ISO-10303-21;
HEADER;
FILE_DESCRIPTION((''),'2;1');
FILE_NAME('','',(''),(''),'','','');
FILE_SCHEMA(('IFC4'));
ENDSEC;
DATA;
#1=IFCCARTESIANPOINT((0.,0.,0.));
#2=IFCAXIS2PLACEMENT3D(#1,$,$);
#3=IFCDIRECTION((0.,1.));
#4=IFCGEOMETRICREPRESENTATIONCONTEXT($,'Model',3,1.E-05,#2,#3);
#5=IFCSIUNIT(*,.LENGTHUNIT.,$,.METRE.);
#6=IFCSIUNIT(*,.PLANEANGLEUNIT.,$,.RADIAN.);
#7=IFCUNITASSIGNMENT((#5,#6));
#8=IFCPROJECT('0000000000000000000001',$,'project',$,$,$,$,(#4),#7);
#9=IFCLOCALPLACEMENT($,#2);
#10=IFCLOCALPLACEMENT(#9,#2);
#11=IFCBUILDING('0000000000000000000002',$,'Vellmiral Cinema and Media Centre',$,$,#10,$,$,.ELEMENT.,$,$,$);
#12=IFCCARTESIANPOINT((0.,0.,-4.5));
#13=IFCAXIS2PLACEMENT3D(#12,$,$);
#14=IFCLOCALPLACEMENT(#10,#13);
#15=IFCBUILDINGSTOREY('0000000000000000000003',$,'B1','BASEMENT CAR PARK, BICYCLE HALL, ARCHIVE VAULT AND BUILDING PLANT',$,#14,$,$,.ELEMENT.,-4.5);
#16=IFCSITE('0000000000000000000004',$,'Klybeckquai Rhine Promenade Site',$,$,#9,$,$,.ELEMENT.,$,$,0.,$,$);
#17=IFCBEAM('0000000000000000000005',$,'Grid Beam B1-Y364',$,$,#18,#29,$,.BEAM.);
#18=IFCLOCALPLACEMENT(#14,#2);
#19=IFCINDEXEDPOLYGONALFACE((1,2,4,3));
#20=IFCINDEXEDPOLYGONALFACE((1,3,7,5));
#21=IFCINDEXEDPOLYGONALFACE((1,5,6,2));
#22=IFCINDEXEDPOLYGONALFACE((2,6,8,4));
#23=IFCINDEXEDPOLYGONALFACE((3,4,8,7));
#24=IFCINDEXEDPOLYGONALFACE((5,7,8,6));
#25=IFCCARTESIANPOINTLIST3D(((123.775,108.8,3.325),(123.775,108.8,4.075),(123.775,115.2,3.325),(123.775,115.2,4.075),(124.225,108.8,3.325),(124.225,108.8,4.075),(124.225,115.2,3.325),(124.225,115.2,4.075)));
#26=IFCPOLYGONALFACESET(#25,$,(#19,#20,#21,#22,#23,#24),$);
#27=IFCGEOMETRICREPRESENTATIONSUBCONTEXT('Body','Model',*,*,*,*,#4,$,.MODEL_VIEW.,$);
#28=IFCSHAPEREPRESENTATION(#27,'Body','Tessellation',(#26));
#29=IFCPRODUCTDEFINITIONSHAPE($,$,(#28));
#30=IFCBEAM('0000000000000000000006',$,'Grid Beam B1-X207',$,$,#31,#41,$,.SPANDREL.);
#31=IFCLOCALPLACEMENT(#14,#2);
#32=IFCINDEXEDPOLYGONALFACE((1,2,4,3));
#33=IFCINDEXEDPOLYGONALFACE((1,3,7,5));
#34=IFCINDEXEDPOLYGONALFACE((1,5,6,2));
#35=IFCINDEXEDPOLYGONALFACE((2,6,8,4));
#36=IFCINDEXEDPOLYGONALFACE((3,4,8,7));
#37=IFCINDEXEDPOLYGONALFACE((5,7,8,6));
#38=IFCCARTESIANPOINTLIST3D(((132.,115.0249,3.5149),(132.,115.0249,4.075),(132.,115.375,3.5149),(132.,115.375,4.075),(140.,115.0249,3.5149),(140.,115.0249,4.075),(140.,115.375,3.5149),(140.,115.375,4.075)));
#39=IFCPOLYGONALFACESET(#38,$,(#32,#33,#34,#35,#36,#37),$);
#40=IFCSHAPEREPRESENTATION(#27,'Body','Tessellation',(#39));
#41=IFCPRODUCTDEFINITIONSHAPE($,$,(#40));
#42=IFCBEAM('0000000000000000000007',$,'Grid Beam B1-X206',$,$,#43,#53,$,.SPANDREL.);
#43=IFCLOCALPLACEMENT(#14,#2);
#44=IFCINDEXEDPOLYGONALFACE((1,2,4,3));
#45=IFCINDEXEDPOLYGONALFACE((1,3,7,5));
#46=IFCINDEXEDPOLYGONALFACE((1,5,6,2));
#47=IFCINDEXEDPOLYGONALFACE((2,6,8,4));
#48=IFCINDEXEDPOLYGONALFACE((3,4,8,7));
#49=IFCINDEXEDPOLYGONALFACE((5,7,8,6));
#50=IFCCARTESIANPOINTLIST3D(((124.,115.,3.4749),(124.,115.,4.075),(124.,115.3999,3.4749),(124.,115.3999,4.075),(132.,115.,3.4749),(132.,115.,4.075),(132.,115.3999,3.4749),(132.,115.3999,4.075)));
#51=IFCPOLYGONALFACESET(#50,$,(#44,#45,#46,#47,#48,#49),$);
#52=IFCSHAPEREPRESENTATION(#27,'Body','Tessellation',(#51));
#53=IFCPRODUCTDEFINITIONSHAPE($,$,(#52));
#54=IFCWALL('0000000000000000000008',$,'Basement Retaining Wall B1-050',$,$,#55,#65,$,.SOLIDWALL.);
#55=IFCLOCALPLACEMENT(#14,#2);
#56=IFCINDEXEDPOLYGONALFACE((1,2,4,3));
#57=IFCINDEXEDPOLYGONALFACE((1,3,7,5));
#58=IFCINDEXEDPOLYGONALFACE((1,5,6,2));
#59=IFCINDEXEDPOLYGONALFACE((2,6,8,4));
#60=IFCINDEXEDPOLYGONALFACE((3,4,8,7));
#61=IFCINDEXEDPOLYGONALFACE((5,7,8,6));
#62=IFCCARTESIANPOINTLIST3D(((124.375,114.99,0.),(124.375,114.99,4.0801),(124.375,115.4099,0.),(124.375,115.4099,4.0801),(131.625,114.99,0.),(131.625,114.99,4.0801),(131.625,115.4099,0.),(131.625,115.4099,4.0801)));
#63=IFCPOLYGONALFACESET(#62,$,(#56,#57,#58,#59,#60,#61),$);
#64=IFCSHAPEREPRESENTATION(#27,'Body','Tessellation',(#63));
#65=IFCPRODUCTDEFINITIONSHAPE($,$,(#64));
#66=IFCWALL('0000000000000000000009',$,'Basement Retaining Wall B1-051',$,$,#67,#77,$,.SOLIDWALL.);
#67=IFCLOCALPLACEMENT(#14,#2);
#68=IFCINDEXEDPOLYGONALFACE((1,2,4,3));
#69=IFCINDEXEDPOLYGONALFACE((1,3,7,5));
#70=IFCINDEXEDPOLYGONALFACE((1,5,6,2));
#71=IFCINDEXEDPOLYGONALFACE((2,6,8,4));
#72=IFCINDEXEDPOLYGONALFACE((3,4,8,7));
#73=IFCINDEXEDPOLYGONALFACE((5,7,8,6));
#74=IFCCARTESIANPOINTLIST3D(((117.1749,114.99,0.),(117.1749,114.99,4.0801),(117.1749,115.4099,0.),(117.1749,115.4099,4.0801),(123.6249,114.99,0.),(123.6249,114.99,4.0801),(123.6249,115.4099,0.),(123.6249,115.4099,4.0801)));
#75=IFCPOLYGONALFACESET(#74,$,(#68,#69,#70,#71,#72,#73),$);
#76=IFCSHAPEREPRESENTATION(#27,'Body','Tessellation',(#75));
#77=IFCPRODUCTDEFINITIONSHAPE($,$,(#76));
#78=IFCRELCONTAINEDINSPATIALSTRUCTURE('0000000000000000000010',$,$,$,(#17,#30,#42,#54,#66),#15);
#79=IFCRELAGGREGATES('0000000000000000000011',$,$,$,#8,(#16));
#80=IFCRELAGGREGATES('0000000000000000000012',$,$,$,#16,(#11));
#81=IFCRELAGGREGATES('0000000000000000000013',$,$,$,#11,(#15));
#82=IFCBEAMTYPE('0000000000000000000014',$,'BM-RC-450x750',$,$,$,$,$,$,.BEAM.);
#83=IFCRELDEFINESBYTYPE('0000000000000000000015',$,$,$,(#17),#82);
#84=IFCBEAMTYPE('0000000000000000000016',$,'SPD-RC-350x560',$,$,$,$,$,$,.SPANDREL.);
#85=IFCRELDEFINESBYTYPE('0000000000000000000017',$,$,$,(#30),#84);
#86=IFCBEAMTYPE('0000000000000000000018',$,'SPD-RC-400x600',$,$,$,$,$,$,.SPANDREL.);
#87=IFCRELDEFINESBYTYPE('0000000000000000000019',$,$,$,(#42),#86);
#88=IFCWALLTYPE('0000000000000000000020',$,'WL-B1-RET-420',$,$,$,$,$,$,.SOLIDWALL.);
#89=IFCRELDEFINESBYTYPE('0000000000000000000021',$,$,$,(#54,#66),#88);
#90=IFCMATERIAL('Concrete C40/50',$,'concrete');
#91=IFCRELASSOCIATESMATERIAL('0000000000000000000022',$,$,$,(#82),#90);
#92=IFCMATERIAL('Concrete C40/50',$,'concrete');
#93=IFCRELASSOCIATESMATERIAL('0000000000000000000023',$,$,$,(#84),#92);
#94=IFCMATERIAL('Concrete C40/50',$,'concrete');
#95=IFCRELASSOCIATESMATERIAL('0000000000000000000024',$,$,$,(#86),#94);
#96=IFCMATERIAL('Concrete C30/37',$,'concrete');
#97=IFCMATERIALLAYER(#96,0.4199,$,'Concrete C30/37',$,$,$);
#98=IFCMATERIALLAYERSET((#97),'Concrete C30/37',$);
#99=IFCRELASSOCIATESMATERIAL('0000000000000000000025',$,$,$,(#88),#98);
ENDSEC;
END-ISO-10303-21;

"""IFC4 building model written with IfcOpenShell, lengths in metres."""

from ifc_helpers import new_model, si_unit, direction, frame, frame_2d, origin, origin_2d, place, context, subcontext, project, spatial, rectangle, extrude, material, layer, layer_set, material_profile, profile_set, type_object, element, save


model = new_model("IFC4")

# Units and contexts
model_context = context("Model", 3, precision=1e-05, world=origin(), true_north=direction((0.0, 1.0)))
body_context = subcontext(model_context, "Body", "Model", "MODEL_VIEW")
ifc_project = project(units=[si_unit("LENGTHUNIT", "METRE"), si_unit("PLANEANGLEUNIT", "RADIAN")], contexts=[model_context])

# Site, building, storey
site_placement = place(None, origin())
site = spatial("IfcSite", under=ifc_project, at=site_placement, Name="Klybeckquai Rhine Promenade Site", CompositionType="ELEMENT", RefElevation=0.0)
building_placement = place(site_placement, origin())
building = spatial("IfcBuilding", under=site, at=building_placement, Name="Vellmiral Cinema and Media Centre", CompositionType="ELEMENT")
storey_placement = place(building_placement, frame((0.0, 0.0, -4.5)))
storey = spatial("IfcBuildingStorey", under=building, at=storey_placement, Name="B1", Description="BASEMENT CAR PARK, BICYCLE HALL, ARCHIVE VAULT AND BUILDING PLANT", CompositionType="ELEMENT", Elevation=-4.5)

# Beams
ifc_material_1 = material(Name="Concrete C40/50", Category="concrete")
ifc_material_profile_1 = material_profile(ifc_material_1, rectangle(XDim=0.45, YDim=0.75, at=origin_2d()), Name="RC 450x750")
ifc_profile_set_1 = profile_set([ifc_material_profile_1], Name="Concrete C40/50")
beam_type_1 = type_object("IfcBeamType", Name="BM-RC-450x750", PredefinedType="BEAM", material=ifc_profile_set_1)
beam_1_placement = place(storey_placement, frame((124.0, 108.8, 3.7), z_axis=(0.0, 1.0, 0.0), x_axis=(-1.0, 0.0, 0.0)))
element("IfcBeam", 1, at=beam_1_placement, inside=storey, type_object=beam_type_1, Name="Grid Beam B1-Y364", PredefinedType="BEAM", context=body_context, shape_type="SweptSolid", body=[
    extrude(rectangle(XDim=0.45, YDim=0.75, at=origin_2d()), origin(), (0.0, 0.0, 1.0), 6.3999),
])
ifc_material_2 = material(Name="Concrete C40/50", Category="concrete")
ifc_material_profile_2 = material_profile(ifc_material_2, rectangle(XDim=0.3501, YDim=0.5601, at=origin_2d()), Name="RC 350x560")
ifc_profile_set_2 = profile_set([ifc_material_profile_2], Name="Concrete C40/50")
beam_type_2 = type_object("IfcBeamType", Name="SPD-RC-350x560", PredefinedType="SPANDREL", material=ifc_profile_set_2)
beam_2_placement = place(storey_placement, frame((132.0, 115.2, 3.7949), z_axis=(1.0, 0.0, 0.0), x_axis=(0.0, 1.0, 0.0)))
element("IfcBeam", 2, at=beam_2_placement, inside=storey, type_object=beam_type_2, Name="Grid Beam B1-X207", PredefinedType="SPANDREL", context=body_context, shape_type="SweptSolid", body=[
    extrude(rectangle(XDim=0.3501, YDim=0.5601, at=origin_2d()), origin(), (0.0, 0.0, 1.0), 8.0),
])
ifc_material_3 = material(Name="Concrete C40/50", Category="concrete")
ifc_material_profile_3 = material_profile(ifc_material_3, rectangle(XDim=0.3999, YDim=0.6001, at=origin_2d()), Name="RC 400x600")
ifc_profile_set_3 = profile_set([ifc_material_profile_3], Name="Concrete C40/50")
beam_type_3 = type_object("IfcBeamType", Name="SPD-RC-400x600", PredefinedType="SPANDREL", material=ifc_profile_set_3)
beam_3_placement = place(storey_placement, frame((124.0, 115.2, 3.7749), z_axis=(1.0, 0.0, 0.0), x_axis=(0.0, 1.0, 0.0)))
element("IfcBeam", 3, at=beam_3_placement, inside=storey, type_object=beam_type_3, Name="Grid Beam B1-X206", PredefinedType="SPANDREL", context=body_context, shape_type="SweptSolid", body=[
    extrude(rectangle(XDim=0.3999, YDim=0.6001, at=origin_2d()), origin(), (0.0, 0.0, 1.0), 8.0),
])

# Walls
ifc_material_4 = material(Name="Concrete C30/37", Category="concrete")
ifc_layer = layer(ifc_material_4, 0.4199, Name="Concrete C30/37")
ifc_layer_set = layer_set([ifc_layer], Name="Concrete C30/37")
wall_type = type_object("IfcWallType", Name="WL-B1-RET-420", PredefinedType="SOLIDWALL", material=ifc_layer_set)
wall_1_placement = place(storey_placement, frame((131.625, 115.2, 0.0), z_axis=(0.0, 0.0, 1.0), x_axis=(-1.0, 0.0, 0.0)))
element("IfcWall", 4, at=wall_1_placement, inside=storey, type_object=wall_type, Name="Basement Retaining Wall B1-050", PredefinedType="SOLIDWALL", context=body_context, shape_type="SweptSolid", body=[
    extrude(rectangle(XDim=7.25, YDim=0.4199, at=frame_2d((3.625, 0.0))), origin(), (0.0, 0.0, 1.0), 4.0801),
])
wall_2_placement = place(storey_placement, frame((123.625, 115.2, 0.0), z_axis=(0.0, 0.0, 1.0), x_axis=(-1.0, 0.0, 0.0)))
element("IfcWall", 5, at=wall_2_placement, inside=storey, type_object=wall_type, Name="Basement Retaining Wall B1-051", PredefinedType="SOLIDWALL", context=body_context, shape_type="SweptSolid", body=[
    extrude(rectangle(XDim=6.45, YDim=0.4199, at=frame_2d((3.2251, 0.0))), origin(), (0.0, 0.0, 1.0), 4.0801),
])

save(model, "model.ifc")
